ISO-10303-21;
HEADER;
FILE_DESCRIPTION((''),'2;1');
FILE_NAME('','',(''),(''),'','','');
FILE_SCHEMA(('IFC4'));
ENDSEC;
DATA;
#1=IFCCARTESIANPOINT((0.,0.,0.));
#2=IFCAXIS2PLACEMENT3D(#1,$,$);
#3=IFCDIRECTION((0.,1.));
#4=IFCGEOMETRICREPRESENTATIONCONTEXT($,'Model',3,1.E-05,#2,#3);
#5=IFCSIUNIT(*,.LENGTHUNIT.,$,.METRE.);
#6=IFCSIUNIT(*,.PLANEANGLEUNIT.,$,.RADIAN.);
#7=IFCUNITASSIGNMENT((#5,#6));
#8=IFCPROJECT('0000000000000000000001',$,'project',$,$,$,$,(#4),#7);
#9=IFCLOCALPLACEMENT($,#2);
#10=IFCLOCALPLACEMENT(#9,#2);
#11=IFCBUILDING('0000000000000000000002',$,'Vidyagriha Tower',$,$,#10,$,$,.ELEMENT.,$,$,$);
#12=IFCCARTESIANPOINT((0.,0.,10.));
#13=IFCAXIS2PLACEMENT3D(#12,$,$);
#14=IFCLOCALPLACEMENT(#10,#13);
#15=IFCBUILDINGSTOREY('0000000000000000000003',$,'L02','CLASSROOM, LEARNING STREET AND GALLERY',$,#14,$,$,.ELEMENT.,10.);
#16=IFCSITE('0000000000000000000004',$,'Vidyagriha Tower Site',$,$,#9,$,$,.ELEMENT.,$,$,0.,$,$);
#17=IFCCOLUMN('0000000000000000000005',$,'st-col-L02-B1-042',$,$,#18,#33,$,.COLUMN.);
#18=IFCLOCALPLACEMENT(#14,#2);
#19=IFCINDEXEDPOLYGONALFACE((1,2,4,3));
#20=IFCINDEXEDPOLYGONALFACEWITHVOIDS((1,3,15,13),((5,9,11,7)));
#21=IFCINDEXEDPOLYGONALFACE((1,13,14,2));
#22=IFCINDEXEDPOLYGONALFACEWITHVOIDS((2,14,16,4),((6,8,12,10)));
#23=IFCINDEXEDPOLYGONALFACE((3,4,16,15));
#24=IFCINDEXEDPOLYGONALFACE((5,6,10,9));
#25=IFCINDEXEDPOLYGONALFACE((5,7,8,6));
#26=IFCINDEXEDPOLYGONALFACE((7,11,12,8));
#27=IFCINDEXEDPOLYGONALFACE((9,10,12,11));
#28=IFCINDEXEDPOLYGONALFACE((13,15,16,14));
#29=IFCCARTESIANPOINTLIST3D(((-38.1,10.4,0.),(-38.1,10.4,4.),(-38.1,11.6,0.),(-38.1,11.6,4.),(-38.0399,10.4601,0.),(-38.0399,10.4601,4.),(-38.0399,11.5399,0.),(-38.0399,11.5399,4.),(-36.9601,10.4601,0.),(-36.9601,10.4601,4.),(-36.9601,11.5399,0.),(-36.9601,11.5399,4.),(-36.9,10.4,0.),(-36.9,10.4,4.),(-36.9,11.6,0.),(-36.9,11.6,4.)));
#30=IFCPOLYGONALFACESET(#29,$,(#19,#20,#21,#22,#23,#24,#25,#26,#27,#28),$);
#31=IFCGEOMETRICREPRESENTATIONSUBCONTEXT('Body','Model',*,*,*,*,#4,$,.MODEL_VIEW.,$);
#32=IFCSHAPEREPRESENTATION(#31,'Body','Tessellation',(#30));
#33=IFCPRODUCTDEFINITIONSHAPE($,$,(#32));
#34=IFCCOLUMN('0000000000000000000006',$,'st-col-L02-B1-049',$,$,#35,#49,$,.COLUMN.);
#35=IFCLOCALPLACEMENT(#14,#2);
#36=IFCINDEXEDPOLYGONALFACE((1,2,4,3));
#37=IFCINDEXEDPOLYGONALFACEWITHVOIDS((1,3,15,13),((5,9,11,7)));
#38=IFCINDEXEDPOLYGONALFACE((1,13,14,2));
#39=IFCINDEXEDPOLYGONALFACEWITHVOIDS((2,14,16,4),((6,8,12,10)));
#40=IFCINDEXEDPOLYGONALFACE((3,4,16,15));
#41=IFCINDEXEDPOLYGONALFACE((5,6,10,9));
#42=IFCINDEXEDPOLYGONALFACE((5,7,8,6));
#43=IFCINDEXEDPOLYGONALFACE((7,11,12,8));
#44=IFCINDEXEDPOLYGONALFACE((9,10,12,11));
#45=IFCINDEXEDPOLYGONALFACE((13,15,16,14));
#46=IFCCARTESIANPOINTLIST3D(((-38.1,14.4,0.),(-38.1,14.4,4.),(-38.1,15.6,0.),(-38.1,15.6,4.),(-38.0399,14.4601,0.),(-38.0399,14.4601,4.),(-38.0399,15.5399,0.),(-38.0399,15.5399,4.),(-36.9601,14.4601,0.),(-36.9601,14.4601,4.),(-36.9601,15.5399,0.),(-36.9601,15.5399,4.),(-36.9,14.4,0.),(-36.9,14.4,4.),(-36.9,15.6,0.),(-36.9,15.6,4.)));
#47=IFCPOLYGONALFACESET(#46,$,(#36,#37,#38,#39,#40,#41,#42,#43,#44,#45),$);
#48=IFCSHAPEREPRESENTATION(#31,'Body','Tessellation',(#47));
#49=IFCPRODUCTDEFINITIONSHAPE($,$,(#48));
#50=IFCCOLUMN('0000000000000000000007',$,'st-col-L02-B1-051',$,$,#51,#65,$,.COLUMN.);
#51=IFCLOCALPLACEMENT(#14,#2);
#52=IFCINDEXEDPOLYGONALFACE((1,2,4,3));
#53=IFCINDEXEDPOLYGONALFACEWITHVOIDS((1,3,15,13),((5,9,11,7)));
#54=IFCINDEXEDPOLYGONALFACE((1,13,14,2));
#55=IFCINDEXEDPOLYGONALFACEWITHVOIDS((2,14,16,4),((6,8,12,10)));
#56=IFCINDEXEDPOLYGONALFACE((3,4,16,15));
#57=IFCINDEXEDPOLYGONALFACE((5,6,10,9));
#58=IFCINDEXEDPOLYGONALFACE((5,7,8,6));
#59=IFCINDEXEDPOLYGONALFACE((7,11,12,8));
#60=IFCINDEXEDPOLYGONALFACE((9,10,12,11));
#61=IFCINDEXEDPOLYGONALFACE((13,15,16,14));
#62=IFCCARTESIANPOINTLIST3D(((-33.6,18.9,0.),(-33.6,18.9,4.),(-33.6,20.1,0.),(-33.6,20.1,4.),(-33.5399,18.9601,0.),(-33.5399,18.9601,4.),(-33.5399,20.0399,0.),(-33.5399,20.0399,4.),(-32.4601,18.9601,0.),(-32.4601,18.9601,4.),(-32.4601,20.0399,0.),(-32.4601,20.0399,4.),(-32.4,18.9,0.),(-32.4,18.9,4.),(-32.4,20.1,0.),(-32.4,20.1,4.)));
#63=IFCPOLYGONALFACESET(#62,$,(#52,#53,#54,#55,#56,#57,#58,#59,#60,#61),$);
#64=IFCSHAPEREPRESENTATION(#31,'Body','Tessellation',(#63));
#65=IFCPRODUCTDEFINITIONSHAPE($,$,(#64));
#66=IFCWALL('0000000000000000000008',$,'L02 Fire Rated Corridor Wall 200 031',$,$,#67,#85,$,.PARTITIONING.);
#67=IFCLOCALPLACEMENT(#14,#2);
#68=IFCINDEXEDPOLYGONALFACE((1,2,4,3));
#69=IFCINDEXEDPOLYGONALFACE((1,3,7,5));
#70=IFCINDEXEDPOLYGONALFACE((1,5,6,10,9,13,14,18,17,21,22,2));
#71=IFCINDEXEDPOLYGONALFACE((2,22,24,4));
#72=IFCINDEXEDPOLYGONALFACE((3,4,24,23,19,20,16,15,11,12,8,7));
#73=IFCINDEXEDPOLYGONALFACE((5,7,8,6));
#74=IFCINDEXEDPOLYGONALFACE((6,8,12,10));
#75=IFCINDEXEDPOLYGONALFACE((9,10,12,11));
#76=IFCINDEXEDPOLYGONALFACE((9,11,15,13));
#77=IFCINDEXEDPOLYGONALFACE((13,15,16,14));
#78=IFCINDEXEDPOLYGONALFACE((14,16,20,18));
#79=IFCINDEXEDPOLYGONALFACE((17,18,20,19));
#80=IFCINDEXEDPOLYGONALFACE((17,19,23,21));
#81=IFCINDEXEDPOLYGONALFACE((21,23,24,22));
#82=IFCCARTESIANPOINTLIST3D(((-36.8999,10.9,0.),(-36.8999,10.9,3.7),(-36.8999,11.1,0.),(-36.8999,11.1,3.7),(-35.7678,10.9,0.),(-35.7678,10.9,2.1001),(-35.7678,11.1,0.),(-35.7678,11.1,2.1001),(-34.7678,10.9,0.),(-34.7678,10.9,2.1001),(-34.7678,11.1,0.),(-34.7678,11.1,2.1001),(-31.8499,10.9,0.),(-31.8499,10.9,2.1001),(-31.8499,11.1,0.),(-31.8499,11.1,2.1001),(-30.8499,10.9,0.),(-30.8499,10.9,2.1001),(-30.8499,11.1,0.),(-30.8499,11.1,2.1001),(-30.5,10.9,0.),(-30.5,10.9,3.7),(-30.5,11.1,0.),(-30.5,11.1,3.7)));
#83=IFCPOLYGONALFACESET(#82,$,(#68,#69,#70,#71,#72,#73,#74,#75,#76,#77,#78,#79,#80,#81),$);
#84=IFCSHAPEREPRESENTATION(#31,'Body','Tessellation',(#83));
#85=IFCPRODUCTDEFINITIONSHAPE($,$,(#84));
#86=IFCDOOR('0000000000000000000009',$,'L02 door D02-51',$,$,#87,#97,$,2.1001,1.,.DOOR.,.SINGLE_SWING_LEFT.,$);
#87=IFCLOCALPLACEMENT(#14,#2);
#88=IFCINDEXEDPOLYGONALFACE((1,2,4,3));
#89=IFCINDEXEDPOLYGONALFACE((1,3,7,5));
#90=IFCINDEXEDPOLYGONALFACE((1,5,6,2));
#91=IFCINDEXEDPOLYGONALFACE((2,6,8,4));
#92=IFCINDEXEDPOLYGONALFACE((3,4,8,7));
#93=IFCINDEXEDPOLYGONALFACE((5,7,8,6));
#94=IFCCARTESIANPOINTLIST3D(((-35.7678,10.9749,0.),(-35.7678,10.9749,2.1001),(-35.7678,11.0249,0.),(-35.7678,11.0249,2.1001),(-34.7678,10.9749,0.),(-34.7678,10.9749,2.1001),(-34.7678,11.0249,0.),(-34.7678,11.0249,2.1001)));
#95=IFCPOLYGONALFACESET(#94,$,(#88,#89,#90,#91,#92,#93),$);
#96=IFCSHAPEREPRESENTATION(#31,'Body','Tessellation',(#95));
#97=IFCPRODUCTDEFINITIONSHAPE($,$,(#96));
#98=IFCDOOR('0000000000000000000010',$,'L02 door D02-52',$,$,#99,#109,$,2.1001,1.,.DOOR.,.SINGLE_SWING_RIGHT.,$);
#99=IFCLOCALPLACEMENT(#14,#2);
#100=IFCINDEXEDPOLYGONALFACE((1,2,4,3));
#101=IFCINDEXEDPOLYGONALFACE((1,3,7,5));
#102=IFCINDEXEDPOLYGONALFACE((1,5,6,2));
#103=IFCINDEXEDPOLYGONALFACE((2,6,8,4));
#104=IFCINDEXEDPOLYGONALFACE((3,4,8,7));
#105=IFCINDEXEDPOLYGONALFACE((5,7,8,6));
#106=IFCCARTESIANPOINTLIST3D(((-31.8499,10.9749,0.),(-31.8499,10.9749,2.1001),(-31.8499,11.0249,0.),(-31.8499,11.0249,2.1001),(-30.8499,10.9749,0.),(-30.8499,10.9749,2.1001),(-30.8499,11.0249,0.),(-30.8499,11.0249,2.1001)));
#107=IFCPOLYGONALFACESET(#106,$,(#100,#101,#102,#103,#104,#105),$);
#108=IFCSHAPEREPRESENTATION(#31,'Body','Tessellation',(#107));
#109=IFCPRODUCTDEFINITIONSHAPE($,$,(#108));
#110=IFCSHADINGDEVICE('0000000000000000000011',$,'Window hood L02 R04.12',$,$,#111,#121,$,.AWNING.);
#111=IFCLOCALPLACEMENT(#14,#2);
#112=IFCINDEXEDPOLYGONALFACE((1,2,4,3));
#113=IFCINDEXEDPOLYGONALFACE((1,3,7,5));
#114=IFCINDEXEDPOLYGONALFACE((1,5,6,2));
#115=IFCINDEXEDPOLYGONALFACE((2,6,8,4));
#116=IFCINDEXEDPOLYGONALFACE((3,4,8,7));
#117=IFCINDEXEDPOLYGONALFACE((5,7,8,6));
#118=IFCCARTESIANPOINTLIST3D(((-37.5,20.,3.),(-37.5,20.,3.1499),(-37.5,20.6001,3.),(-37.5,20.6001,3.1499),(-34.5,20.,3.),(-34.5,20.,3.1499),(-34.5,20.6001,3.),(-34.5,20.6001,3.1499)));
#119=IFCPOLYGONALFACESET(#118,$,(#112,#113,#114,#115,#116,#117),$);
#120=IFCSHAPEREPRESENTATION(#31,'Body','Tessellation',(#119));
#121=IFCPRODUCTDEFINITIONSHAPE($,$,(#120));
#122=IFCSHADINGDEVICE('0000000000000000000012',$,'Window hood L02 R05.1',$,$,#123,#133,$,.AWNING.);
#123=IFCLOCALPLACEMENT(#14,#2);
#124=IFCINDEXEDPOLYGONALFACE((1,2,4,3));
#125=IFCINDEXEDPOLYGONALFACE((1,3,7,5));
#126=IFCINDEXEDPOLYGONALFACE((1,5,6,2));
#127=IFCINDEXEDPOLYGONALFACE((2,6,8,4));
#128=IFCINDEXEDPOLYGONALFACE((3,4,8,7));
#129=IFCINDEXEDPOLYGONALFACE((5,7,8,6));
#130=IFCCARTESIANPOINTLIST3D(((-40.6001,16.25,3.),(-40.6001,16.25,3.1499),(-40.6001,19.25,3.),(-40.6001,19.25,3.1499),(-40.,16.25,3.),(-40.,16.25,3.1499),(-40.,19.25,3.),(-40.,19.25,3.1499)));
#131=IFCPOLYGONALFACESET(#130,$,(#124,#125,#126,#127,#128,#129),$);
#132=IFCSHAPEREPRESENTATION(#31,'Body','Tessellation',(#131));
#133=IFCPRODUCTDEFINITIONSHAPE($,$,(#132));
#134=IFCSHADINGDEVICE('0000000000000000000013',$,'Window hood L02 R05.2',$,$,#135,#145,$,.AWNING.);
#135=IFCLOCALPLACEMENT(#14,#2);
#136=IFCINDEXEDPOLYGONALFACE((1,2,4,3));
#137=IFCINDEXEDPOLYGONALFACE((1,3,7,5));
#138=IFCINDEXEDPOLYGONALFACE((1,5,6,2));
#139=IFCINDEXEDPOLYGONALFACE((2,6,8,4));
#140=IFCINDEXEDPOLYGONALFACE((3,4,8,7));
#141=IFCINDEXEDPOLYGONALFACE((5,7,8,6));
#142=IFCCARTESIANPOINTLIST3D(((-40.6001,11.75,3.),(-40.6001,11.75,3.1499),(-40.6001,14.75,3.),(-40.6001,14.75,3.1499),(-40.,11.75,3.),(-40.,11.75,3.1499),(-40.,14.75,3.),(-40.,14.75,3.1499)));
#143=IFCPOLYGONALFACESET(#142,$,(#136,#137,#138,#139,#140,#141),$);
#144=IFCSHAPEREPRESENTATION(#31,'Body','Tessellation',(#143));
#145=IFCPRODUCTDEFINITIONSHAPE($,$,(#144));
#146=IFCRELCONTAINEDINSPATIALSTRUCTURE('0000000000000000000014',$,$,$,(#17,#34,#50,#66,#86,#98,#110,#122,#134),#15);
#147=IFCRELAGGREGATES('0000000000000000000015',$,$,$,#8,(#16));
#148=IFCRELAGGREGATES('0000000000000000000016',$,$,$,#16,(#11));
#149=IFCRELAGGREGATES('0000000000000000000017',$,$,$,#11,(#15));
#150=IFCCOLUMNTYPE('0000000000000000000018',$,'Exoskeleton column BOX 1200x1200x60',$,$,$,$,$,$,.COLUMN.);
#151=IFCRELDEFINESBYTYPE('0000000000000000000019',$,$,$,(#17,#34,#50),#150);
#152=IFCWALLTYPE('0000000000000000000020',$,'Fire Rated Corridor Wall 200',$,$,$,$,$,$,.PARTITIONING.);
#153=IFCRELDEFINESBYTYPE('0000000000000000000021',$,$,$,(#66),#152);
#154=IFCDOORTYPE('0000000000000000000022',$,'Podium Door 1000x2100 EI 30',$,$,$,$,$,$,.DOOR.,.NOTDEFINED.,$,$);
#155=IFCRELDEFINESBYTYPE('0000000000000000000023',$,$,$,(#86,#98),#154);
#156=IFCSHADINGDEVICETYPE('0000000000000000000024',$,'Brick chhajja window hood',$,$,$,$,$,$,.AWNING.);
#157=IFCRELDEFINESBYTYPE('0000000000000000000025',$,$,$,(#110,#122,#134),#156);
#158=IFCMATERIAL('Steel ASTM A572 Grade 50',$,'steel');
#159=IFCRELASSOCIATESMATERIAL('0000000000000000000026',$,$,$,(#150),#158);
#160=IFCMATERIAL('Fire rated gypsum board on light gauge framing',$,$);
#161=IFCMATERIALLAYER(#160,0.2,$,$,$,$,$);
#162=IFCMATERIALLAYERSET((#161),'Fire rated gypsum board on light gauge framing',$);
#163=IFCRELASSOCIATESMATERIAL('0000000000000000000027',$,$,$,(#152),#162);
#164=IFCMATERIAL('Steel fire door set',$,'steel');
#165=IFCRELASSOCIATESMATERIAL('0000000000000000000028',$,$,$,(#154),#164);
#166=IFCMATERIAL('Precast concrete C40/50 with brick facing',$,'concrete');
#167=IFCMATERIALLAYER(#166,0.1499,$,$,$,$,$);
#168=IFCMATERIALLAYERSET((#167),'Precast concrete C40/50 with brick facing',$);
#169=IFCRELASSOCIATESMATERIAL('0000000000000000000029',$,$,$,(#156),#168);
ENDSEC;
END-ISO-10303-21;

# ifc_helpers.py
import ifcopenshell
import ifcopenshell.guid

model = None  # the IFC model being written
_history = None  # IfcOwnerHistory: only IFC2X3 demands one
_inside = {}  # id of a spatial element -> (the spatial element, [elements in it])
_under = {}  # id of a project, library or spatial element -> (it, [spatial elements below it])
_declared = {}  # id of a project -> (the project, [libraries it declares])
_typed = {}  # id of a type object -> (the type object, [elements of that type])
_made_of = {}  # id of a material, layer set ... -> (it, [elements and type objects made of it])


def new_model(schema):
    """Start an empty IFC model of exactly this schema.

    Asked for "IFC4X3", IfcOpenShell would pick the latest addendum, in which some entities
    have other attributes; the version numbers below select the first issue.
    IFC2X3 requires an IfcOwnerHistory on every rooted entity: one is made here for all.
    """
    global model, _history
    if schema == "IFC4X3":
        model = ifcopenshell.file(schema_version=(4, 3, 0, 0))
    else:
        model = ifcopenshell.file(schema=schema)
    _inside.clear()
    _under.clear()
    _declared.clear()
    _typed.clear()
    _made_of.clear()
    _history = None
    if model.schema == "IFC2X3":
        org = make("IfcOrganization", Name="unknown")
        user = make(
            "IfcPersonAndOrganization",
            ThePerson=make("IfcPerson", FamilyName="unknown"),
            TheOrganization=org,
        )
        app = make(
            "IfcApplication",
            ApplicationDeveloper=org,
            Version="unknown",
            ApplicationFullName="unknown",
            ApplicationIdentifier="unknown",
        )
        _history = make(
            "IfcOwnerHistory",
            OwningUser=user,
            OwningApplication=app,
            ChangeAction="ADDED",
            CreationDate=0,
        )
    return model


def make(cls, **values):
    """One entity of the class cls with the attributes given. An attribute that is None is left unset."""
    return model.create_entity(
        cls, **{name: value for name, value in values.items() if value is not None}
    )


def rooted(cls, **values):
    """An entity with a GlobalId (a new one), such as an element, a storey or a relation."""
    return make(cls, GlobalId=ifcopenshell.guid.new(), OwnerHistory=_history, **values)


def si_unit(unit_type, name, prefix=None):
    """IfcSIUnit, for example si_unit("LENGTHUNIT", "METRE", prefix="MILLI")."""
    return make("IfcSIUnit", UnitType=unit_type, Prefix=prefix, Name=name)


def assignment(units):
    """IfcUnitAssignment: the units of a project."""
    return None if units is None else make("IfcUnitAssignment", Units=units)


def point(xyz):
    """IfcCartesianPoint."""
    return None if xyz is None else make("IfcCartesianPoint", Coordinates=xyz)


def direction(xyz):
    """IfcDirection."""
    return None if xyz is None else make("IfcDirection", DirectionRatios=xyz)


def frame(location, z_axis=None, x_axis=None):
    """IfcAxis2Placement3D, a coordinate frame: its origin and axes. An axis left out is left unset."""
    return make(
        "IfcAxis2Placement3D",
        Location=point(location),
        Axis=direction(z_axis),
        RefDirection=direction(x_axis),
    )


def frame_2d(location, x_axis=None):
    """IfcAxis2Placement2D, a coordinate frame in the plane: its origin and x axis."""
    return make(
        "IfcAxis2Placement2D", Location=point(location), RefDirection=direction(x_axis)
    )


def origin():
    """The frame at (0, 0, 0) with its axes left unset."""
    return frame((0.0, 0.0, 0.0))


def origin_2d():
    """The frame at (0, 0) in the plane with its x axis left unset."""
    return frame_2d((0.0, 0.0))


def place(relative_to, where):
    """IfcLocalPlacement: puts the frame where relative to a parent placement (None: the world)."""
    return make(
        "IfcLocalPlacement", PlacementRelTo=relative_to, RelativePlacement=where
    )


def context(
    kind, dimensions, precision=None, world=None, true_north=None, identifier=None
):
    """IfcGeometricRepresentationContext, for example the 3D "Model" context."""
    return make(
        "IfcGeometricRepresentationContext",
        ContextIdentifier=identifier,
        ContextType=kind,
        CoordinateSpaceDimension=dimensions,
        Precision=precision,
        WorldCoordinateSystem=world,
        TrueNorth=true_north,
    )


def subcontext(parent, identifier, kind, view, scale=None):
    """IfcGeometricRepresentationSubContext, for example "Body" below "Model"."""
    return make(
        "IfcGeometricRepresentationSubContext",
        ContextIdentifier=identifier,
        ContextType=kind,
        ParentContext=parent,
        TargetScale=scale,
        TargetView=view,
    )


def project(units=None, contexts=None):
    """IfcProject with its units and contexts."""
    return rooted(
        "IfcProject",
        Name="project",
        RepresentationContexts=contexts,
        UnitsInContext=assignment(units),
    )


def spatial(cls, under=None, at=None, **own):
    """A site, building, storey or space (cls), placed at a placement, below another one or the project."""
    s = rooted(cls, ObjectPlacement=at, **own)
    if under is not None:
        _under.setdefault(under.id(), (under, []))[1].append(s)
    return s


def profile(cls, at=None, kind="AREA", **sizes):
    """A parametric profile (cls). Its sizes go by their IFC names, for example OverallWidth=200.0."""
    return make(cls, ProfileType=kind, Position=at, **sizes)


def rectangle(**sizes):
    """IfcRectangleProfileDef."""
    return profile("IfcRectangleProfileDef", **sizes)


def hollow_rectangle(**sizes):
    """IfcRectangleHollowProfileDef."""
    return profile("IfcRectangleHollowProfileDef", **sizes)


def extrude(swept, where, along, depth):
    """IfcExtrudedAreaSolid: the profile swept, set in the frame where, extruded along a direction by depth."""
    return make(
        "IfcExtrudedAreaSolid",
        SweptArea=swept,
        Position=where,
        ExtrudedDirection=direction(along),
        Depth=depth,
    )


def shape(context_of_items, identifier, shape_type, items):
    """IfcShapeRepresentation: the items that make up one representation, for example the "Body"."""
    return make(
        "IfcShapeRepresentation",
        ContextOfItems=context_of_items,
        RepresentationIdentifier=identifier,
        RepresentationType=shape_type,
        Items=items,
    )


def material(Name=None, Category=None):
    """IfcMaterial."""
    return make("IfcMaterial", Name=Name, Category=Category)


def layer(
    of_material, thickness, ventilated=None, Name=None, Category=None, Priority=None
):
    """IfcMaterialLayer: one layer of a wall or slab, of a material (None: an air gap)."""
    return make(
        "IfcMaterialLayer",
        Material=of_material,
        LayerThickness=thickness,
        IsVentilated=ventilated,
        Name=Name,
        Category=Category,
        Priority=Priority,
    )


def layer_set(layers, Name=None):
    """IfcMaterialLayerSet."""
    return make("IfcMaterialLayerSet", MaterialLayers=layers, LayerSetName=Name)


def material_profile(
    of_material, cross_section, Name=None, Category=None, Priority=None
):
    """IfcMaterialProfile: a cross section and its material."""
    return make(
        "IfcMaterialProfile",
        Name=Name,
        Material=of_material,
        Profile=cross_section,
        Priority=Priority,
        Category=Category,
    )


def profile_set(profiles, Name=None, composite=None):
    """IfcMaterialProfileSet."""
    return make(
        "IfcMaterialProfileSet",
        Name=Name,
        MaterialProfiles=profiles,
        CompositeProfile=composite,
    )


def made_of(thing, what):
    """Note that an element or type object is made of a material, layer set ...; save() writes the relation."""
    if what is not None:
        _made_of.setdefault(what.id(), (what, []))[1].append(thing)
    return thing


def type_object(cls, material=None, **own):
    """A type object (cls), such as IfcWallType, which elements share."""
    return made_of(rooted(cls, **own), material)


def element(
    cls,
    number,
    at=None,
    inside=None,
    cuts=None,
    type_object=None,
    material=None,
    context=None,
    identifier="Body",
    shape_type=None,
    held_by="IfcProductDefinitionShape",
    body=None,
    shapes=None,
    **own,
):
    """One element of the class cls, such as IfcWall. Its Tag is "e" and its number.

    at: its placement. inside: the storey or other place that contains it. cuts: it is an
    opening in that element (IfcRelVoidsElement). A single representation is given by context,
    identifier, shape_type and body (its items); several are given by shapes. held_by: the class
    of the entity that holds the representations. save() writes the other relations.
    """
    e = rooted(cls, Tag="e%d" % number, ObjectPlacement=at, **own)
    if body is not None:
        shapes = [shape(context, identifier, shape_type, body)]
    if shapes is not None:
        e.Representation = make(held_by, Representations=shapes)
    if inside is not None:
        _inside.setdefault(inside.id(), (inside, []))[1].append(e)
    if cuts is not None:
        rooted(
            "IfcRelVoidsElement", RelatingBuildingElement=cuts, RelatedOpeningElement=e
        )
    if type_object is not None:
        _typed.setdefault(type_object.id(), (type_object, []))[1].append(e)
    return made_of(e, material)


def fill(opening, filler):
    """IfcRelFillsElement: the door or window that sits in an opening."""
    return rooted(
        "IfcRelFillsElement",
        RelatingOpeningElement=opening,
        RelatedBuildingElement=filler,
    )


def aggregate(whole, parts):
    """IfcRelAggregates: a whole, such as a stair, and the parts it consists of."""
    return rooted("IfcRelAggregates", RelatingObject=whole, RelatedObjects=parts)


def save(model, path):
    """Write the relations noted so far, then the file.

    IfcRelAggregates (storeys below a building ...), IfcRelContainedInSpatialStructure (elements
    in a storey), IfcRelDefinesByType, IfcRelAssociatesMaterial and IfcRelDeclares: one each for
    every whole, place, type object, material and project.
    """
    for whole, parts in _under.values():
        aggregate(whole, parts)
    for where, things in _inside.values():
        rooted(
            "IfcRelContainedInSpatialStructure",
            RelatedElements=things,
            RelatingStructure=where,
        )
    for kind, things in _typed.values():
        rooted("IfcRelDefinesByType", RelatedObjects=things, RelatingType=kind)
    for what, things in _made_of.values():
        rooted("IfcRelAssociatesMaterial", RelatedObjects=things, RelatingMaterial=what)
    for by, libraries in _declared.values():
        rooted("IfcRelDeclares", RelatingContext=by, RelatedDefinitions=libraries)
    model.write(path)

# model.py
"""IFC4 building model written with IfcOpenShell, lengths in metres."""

from ifc_helpers import new_model, si_unit, direction, frame, frame_2d, origin, origin_2d, place, context, subcontext, project, spatial, rectangle, hollow_rectangle, extrude, material, layer, layer_set, material_profile, profile_set, type_object, element, fill, save


model = new_model("IFC4")

# Units and contexts
model_context = context("Model", 3, precision=1e-05, world=origin(), true_north=direction((0.0, 1.0)))
body_context = subcontext(model_context, "Body", "Model", "MODEL_VIEW")
ifc_project = project(units=[si_unit("LENGTHUNIT", "METRE"), si_unit("PLANEANGLEUNIT", "RADIAN")], contexts=[model_context])

# Site, building, storey
site_placement = place(None, origin())
site = spatial("IfcSite", under=ifc_project, at=site_placement, Name="Vidyagriha Tower Site", CompositionType="ELEMENT", RefElevation=0.0)
building_placement = place(site_placement, origin())
building = spatial("IfcBuilding", under=site, at=building_placement, Name="Vidyagriha Tower", CompositionType="ELEMENT")
storey_placement = place(building_placement, frame((0.0, 0.0, 10.0)))
storey = spatial("IfcBuildingStorey", under=building, at=storey_placement, Name="L02", Description="CLASSROOM, LEARNING STREET AND GALLERY", CompositionType="ELEMENT", Elevation=10.0)

# Columns
ifc_material_1 = material(Name="Steel ASTM A572 Grade 50", Category="steel")
ifc_material_profile = material_profile(ifc_material_1, hollow_rectangle(XDim=1.2, YDim=1.2, WallThickness=0.0601, at=origin_2d()), Name="BOX 1200x1200x60")
ifc_profile_set = profile_set([ifc_material_profile], Name="Steel ASTM A572 Grade 50")
column_type = type_object("IfcColumnType", Name="Exoskeleton column BOX 1200x1200x60", PredefinedType="COLUMN", material=ifc_profile_set)
for number, where, name in (
    (1, (-37.5, 11.0, 0.0), "st-col-L02-B1-042"),
    (2, (-37.5, 15.0, 0.0), "st-col-L02-B1-049"),
    (3, (-33.0, 19.5, 0.0), "st-col-L02-B1-051"),
):
    element("IfcColumn", number, at=place(storey_placement, frame(where)), inside=storey, type_object=column_type, Name=name, PredefinedType="COLUMN", context=body_context, shape_type="SweptSolid", body=[
        extrude(hollow_rectangle(XDim=1.2, YDim=1.2, WallThickness=0.0601, at=origin_2d()), origin(), (0.0, 0.0, 1.0), 4.0),
    ])

# Wall, openings, doors
ifc_material_2 = material(Name="Fire rated gypsum board on light gauge framing")
ifc_layer_1 = layer(ifc_material_2, 0.2)
ifc_layer_set_1 = layer_set([ifc_layer_1], Name="Fire rated gypsum board on light gauge framing")
wall_type_1 = type_object("IfcWallType", Name="Fire Rated Corridor Wall 200", PredefinedType="PARTITIONING", material=ifc_layer_set_1)
wall_1_placement = place(storey_placement, frame((-36.8999, 11.0, 0.0)))
wall_1 = element("IfcWall", 4, at=wall_1_placement, inside=storey, type_object=wall_type_1, Name="L02 Fire Rated Corridor Wall 200 031", PredefinedType="PARTITIONING", context=body_context, shape_type="SweptSolid", body=[
    extrude(rectangle(XDim=6.3999, YDim=0.2, at=frame_2d((3.2, 0.0))), origin(), (0.0, 0.0, 1.0), 3.7),
])
opening_1_placement = place(wall_1_placement, frame((1.1321, 0.0, 0.0)))
opening_1 = element("IfcOpeningElement", 5, at=opening_1_placement, cuts=wall_1, PredefinedType="OPENING", context=body_context, shape_type="SweptSolid", body=[
    extrude(rectangle(XDim=1.0, YDim=2.1001, at=frame_2d((0.5, 1.05))), frame((0.0, 0.1099, 0.0), z_axis=(0.0, -1.0, 0.0), x_axis=(1.0, 0.0, 0.0)), (0.0, 0.0, 1.0), 0.22),
])
opening_2_placement = place(wall_1_placement, frame((5.05, 0.0, 0.0)))
opening_2 = element("IfcOpeningElement", 6, at=opening_2_placement, cuts=wall_1, PredefinedType="OPENING", context=body_context, shape_type="SweptSolid", body=[
    extrude(rectangle(XDim=1.0, YDim=2.1001, at=frame_2d((0.5, 1.05))), frame((0.0, 0.1099, 0.0), z_axis=(0.0, -1.0, 0.0), x_axis=(1.0, 0.0, 0.0)), (0.0, 0.0, 1.0), 0.22),
])
ifc_material_3 = material(Name="Steel fire door set", Category="steel")
door_type = type_object("IfcDoorType", Name="Podium Door 1000x2100 EI 30", OperationType="NOTDEFINED", PredefinedType="DOOR", material=ifc_material_3)
door_1_placement = place(opening_1_placement, origin())
door_1 = element("IfcDoor", 7, at=door_1_placement, inside=storey, type_object=door_type, Name="L02 door D02-51", OperationType="SINGLE_SWING_LEFT", OverallHeight=2.1001, OverallWidth=1.0, PredefinedType="DOOR", context=body_context, shape_type="SweptSolid", body=[
    extrude(rectangle(XDim=1.0, YDim=2.1001, at=frame_2d((0.5, 1.05))), frame((0.0, 0.0249, 0.0), z_axis=(0.0, -1.0, 0.0), x_axis=(1.0, 0.0, 0.0)), (0.0, 0.0, 1.0), 0.05),
])
fill(opening_1, door_1)
door_2_placement = place(opening_2_placement, origin())
door_2 = element("IfcDoor", 8, at=door_2_placement, inside=storey, type_object=door_type, Name="L02 door D02-52", OperationType="SINGLE_SWING_RIGHT", OverallHeight=2.1001, OverallWidth=1.0, PredefinedType="DOOR", context=body_context, shape_type="SweptSolid", body=[
    extrude(rectangle(XDim=1.0, YDim=2.1001, at=frame_2d((0.5, 1.05))), frame((0.0, 0.0249, 0.0), z_axis=(0.0, -1.0, 0.0), x_axis=(1.0, 0.0, 0.0)), (0.0, 0.0, 1.0), 0.05),
])
fill(opening_2, door_2)

# Shading devices
ifc_material_4 = material(Name="Precast concrete C40/50 with brick facing", Category="concrete")
ifc_layer_2 = layer(ifc_material_4, 0.1499)
ifc_layer_set_2 = layer_set([ifc_layer_2], Name="Precast concrete C40/50 with brick facing")
shading_device_type = type_object("IfcShadingDeviceType", Name="Brick chhajja window hood", PredefinedType="AWNING", material=ifc_layer_set_2)
for number, where, z_axis, x_axis, name in (
    (9, (-36.0, 20.3, 3.0), (0.0, 0.0, 1.0), (-1.0, 0.0, 0.0), "Window hood L02 R04.12"),
    (10, (-40.3, 17.75, 3.0), (0.0, 0.0, 1.0), (0.0, -1.0, 0.0), "Window hood L02 R05.1"),
    (11, (-40.3, 13.25, 3.0), (0.0, 0.0, 1.0), (0.0, -1.0, 0.0), "Window hood L02 R05.2"),
):
    element("IfcShadingDevice", number, at=place(storey_placement, frame(where, z_axis=z_axis, x_axis=x_axis)), inside=storey, type_object=shading_device_type, Name=name, PredefinedType="AWNING", context=body_context, shape_type="SweptSolid", body=[
        extrude(rectangle(XDim=3.0, YDim=0.6001, at=origin_2d()), origin(), (0.0, 0.0, 1.0), 0.1499),
    ])

save(model, "model.ifc")
